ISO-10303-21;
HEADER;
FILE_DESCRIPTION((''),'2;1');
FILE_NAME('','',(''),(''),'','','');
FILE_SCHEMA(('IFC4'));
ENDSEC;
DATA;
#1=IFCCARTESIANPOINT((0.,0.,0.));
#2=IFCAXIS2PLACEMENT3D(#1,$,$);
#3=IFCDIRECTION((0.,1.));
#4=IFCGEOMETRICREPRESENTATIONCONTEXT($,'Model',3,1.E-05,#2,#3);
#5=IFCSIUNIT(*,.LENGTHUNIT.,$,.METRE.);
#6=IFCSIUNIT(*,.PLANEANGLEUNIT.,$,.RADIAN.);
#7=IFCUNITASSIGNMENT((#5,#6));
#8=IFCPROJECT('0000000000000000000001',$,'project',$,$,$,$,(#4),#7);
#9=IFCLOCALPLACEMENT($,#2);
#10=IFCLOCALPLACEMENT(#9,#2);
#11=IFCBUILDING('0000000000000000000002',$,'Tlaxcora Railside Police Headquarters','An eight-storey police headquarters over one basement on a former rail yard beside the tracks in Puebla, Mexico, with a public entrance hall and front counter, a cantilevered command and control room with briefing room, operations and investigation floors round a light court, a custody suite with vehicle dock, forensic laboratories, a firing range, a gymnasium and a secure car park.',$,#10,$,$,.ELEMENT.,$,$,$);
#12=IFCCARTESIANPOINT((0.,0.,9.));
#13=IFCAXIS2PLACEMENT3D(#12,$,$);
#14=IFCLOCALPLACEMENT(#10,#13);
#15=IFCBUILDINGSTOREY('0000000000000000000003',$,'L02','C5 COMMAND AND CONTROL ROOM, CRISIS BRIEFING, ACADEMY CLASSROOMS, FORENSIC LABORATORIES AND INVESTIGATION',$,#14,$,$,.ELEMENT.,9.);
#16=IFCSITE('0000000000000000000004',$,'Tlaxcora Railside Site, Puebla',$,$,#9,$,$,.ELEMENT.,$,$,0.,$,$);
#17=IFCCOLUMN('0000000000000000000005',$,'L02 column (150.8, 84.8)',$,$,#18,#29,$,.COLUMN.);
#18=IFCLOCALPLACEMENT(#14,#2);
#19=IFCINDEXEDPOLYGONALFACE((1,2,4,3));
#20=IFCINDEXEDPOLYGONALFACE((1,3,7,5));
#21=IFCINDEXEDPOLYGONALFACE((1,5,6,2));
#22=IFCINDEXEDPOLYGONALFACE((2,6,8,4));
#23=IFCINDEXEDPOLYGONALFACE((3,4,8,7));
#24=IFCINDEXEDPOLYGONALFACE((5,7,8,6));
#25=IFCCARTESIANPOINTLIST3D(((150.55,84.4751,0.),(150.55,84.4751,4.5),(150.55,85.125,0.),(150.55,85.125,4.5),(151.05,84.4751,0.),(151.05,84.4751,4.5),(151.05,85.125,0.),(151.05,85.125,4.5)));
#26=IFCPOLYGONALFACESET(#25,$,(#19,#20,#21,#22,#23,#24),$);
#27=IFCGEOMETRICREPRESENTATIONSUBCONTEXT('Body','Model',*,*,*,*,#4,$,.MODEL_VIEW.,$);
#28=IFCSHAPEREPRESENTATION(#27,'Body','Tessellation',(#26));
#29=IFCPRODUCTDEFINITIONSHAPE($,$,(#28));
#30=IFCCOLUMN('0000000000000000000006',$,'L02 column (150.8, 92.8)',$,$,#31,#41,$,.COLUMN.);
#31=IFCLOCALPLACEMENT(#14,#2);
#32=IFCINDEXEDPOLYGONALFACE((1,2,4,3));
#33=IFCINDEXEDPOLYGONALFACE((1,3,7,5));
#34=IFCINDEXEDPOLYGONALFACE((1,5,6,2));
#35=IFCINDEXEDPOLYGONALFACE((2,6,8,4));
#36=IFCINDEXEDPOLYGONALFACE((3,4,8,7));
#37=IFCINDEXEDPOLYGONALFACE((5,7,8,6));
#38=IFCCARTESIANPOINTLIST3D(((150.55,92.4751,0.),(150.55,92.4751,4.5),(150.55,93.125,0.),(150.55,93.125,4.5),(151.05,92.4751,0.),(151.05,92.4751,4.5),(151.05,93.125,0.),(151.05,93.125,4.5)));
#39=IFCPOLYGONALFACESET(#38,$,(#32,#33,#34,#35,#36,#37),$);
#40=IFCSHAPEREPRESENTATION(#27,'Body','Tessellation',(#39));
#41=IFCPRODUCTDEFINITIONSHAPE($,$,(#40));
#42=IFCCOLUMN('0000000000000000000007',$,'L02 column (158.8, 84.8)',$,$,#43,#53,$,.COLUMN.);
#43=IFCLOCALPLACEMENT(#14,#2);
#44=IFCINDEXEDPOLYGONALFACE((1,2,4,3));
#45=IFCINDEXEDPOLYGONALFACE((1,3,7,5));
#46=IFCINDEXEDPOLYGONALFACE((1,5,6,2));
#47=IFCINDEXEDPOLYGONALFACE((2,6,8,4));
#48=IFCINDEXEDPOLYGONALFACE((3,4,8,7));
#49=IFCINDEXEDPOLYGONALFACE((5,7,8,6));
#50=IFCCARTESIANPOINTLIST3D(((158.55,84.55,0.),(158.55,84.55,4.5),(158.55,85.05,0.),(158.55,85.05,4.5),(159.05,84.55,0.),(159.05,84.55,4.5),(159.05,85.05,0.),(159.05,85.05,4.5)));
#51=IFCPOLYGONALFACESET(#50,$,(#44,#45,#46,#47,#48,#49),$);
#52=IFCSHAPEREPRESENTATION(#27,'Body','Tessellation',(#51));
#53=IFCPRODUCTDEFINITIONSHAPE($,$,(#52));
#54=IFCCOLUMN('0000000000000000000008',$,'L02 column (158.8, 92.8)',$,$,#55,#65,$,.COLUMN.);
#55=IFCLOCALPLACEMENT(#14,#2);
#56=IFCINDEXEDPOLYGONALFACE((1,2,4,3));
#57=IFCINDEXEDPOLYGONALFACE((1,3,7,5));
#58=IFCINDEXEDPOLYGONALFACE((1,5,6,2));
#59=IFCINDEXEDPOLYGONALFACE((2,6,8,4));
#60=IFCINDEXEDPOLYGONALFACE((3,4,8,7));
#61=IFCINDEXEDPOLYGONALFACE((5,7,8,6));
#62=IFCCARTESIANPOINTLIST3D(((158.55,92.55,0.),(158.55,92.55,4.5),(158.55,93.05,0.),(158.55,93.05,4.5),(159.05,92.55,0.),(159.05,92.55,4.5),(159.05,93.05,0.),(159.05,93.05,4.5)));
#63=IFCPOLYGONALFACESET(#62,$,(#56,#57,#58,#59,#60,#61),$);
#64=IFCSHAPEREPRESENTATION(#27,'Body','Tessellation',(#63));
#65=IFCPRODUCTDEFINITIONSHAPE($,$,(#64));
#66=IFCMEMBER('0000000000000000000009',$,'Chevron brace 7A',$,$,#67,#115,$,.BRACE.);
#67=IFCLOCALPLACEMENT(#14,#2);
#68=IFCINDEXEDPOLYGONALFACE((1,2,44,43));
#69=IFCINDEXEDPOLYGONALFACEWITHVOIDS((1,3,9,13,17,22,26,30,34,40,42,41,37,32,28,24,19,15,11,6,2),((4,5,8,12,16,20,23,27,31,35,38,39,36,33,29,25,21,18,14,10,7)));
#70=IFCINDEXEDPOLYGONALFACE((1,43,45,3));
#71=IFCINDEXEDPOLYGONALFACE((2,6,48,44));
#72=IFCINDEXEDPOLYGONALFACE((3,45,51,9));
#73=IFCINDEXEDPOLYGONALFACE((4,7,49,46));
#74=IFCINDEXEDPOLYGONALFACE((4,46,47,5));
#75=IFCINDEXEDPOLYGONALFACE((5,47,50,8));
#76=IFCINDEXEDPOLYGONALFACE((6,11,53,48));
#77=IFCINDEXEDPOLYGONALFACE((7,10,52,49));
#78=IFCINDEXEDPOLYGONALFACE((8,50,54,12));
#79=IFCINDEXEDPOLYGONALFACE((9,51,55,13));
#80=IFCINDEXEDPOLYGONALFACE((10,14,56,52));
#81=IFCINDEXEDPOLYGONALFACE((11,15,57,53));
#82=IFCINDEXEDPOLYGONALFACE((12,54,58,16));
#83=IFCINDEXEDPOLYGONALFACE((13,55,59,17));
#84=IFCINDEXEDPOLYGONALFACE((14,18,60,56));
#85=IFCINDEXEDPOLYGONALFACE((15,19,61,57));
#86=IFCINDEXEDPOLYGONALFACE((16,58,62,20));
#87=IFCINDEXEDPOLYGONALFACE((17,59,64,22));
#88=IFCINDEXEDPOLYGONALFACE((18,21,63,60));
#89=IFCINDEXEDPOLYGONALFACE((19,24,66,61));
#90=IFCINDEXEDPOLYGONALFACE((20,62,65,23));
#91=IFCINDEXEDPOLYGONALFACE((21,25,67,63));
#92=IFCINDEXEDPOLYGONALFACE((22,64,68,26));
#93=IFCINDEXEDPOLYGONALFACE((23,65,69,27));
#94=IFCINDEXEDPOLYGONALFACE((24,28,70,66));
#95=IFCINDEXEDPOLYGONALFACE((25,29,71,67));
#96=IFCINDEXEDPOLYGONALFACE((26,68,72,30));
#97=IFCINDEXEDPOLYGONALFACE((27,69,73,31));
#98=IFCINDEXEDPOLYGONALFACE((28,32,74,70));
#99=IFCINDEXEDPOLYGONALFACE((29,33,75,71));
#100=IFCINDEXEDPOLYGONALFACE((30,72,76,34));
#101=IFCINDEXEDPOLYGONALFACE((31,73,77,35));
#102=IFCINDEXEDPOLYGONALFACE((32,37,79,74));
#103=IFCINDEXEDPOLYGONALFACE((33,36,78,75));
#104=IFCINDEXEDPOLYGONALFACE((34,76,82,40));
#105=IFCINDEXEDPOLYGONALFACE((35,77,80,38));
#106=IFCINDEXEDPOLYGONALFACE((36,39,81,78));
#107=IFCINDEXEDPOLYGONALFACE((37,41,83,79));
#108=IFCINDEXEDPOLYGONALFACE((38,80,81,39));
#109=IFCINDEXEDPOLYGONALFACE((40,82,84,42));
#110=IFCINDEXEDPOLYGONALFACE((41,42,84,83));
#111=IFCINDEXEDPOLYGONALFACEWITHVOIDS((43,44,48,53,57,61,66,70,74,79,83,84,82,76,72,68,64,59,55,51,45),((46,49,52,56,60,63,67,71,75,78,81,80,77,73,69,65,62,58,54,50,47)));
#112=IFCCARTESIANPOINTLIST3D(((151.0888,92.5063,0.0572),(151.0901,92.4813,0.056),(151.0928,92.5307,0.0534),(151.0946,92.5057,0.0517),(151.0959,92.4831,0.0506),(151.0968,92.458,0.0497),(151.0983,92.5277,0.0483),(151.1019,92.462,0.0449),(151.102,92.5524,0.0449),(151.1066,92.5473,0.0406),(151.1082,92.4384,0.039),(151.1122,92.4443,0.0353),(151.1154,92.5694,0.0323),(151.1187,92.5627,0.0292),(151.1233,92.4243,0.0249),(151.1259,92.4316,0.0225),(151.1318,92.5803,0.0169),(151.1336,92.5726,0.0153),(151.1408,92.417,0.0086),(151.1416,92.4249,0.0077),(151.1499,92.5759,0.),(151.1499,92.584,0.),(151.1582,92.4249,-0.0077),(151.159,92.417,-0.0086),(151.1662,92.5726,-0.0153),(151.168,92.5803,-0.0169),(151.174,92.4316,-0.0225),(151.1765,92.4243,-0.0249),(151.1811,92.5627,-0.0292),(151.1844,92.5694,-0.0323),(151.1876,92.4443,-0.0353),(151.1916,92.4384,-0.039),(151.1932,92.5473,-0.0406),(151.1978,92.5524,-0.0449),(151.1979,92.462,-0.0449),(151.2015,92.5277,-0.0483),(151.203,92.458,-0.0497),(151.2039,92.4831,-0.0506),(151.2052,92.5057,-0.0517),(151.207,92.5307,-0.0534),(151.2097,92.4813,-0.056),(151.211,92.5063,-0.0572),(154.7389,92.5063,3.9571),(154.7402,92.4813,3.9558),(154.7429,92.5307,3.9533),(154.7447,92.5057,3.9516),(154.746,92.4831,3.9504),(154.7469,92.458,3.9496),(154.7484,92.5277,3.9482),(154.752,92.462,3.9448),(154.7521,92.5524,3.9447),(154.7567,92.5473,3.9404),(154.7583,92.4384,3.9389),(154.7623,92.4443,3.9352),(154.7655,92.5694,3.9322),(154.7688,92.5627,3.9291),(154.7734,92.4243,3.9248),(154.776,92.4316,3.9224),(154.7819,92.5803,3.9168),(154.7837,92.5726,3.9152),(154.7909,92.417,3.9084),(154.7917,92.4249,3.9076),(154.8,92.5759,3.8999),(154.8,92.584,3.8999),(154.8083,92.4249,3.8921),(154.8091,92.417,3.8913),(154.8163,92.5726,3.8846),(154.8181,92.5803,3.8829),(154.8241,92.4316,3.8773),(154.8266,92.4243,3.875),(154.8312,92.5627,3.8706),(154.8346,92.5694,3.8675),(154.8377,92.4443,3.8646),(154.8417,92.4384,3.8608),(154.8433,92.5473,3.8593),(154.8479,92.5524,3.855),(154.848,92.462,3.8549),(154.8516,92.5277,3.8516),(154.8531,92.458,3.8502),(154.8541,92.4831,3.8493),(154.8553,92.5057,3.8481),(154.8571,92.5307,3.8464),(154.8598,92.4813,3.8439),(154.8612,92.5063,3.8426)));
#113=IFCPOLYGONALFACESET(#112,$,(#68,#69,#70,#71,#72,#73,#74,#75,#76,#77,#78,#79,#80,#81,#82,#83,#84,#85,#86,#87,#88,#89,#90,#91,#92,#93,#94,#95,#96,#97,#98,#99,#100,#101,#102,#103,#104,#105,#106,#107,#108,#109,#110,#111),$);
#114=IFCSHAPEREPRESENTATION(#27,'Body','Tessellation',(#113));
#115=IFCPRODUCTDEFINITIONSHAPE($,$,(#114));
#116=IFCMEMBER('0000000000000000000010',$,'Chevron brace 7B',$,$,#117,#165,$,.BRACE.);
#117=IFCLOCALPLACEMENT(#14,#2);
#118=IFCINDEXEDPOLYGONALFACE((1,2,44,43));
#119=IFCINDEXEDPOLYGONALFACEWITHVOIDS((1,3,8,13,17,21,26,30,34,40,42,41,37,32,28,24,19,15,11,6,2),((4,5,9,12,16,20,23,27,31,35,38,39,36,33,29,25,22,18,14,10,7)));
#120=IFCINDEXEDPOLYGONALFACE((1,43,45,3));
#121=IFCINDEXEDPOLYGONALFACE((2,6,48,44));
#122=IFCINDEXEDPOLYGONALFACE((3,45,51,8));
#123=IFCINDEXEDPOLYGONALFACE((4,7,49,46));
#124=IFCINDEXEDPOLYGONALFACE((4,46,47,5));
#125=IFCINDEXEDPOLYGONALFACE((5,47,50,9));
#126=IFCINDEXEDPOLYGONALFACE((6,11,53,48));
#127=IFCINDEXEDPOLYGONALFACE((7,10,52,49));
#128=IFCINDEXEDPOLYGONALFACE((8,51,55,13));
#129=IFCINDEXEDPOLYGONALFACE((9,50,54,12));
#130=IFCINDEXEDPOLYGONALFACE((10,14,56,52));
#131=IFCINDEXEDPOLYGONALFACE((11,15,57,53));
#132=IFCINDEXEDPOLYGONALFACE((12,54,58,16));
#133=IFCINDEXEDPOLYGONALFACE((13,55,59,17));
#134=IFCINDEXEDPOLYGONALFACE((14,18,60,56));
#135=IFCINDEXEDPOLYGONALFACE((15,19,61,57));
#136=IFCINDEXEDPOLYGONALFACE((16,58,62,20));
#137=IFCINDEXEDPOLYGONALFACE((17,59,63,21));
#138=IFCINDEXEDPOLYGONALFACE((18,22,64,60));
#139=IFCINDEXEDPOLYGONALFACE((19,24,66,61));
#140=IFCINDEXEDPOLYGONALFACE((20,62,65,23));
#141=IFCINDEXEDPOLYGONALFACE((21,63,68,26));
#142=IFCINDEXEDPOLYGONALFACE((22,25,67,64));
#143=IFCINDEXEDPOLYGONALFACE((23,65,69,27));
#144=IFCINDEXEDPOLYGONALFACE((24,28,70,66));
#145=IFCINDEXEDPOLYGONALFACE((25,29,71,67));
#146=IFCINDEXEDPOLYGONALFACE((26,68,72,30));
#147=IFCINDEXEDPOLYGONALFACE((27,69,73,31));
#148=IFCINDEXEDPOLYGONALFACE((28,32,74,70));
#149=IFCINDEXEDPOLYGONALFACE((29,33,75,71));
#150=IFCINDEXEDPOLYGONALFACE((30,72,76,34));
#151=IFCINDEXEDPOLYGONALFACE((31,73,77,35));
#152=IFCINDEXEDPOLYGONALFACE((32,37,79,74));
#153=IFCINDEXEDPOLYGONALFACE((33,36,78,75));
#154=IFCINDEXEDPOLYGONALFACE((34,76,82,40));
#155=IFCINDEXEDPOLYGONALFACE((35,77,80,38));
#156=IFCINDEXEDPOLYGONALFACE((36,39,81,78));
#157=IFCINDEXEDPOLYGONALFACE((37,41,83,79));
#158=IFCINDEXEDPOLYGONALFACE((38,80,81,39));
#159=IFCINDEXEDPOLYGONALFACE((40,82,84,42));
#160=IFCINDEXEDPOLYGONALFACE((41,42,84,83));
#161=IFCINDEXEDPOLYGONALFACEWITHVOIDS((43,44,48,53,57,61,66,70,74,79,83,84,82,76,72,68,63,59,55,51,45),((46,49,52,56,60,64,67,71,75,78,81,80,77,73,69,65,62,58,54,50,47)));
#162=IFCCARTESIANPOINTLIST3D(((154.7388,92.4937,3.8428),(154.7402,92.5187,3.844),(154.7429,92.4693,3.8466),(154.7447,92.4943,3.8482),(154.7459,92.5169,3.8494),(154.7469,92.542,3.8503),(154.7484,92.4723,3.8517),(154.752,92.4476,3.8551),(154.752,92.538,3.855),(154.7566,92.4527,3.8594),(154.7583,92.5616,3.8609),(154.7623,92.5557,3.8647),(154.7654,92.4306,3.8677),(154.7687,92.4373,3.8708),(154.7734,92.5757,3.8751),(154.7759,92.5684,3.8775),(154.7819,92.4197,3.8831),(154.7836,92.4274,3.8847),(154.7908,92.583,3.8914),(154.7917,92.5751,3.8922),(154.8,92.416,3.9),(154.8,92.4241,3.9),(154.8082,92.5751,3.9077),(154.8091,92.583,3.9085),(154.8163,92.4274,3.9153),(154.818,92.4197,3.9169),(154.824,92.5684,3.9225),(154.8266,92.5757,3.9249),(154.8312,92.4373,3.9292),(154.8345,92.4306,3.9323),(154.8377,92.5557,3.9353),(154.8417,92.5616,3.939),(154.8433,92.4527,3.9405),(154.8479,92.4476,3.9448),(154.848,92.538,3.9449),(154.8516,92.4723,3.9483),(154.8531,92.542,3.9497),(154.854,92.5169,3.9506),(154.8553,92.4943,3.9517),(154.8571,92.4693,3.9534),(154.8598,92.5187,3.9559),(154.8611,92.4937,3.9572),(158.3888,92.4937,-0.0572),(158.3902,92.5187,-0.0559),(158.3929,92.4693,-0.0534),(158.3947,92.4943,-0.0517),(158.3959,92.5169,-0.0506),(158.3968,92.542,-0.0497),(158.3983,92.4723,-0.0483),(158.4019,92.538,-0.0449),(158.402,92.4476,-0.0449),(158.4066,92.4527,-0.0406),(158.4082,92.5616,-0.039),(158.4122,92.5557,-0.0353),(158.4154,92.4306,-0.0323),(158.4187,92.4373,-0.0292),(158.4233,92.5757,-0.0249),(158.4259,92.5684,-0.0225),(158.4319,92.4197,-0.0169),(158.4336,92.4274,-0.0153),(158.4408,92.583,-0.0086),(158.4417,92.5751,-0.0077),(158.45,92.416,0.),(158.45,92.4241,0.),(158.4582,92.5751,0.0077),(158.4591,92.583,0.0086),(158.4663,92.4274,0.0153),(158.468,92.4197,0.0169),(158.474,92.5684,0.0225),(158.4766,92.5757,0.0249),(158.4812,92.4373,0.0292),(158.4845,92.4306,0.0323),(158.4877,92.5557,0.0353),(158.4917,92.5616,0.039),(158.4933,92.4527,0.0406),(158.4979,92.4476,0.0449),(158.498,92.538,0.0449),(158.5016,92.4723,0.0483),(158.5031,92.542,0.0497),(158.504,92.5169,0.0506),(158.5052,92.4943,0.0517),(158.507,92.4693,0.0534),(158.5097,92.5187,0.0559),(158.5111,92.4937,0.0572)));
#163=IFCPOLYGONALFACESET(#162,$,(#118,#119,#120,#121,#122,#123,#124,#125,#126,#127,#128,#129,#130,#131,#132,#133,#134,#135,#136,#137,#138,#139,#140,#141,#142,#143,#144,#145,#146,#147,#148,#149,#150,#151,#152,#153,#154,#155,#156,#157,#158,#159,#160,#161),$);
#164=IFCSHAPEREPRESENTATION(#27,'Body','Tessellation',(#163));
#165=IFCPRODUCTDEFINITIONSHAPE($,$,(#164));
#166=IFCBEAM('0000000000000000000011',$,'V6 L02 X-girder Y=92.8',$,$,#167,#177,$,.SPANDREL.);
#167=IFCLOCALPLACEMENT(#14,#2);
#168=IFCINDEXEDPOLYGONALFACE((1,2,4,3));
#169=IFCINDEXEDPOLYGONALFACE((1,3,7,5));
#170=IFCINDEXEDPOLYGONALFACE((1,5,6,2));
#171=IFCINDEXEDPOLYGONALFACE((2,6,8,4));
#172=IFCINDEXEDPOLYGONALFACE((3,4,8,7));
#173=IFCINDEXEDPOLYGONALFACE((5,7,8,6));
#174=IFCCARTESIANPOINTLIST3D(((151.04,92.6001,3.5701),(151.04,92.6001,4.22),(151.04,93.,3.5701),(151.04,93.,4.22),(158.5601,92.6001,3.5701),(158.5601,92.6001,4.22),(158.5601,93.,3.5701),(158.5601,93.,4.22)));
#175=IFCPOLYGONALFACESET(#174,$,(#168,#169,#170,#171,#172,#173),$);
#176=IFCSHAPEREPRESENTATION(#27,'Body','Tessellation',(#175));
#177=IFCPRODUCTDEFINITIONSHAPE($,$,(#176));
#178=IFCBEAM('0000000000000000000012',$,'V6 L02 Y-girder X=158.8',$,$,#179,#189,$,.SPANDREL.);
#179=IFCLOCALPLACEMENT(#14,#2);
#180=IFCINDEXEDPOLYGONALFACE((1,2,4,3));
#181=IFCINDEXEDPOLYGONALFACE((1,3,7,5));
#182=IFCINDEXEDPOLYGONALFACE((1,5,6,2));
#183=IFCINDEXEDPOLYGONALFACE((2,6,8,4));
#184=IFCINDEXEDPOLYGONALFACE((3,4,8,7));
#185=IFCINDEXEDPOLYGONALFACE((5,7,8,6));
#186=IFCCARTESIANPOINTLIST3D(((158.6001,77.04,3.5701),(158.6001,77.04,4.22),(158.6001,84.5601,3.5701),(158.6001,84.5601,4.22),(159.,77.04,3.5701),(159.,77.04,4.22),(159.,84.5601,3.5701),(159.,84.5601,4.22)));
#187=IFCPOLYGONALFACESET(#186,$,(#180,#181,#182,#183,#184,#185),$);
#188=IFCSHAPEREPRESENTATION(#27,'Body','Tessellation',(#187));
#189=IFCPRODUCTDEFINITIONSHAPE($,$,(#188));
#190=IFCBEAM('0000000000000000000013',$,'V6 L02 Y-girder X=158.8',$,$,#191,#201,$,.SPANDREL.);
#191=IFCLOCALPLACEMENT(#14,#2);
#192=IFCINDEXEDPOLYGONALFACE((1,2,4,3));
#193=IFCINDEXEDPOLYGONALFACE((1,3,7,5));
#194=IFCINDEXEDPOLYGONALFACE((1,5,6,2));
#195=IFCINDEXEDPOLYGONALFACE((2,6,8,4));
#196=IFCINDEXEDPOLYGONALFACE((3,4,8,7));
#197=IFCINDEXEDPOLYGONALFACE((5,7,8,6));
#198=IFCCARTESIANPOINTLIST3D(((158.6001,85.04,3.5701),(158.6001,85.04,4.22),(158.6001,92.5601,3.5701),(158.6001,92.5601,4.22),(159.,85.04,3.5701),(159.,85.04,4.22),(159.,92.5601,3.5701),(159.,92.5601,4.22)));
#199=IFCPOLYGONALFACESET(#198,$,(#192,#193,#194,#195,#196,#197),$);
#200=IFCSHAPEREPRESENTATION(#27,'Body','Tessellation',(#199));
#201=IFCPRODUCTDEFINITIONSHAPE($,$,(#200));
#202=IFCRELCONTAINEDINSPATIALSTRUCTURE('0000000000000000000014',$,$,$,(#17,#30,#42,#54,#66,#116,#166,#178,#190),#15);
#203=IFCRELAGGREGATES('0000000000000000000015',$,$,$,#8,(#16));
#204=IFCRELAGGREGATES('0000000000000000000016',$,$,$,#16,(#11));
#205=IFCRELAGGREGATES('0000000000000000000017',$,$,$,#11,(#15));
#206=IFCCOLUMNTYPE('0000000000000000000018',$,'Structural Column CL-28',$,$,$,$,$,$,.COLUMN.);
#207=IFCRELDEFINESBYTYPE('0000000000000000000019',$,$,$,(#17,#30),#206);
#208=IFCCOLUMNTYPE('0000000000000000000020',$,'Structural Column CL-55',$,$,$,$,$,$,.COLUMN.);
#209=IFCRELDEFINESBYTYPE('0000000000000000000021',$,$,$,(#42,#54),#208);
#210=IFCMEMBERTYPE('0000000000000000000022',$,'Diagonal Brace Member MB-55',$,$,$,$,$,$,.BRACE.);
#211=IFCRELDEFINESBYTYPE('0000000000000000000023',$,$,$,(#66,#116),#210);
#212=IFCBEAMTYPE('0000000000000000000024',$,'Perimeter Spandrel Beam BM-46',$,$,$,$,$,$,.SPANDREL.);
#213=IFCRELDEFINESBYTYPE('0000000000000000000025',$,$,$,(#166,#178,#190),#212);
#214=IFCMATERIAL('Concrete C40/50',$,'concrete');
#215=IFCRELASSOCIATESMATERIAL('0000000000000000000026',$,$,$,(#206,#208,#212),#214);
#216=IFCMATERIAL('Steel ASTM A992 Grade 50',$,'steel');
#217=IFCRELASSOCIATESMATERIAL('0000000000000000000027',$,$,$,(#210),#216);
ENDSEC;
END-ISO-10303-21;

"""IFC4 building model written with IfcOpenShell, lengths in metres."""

from ifc_helpers import new_model, si_unit, direction, frame, origin, origin_2d, place, context, subcontext, project, spatial, rectangle, hollow_circle, extrude, material, material_profile, profile_set, type_object, element, save


model = new_model("IFC4")

# Units and contexts
model_context = context("Model", 3, precision=1e-05, world=origin(), true_north=direction((0.0, 1.0)))
body_context = subcontext(model_context, "Body", "Model", "MODEL_VIEW")
ifc_project = project(units=[si_unit("LENGTHUNIT", "METRE"), si_unit("PLANEANGLEUNIT", "RADIAN")], contexts=[model_context])

# Site, building, storey
site_placement = place(None, origin())
site = spatial("IfcSite", under=ifc_project, at=site_placement, Name="Tlaxcora Railside Site, Puebla", CompositionType="ELEMENT", RefElevation=0.0)
building_placement = place(site_placement, origin())
building = spatial("IfcBuilding", under=site, at=building_placement, Name="Tlaxcora Railside Police Headquarters", Description="An eight-storey police headquarters over one basement on a former rail yard beside the tracks in Puebla, Mexico, with a public entrance hall and front counter, a cantilevered command and control room with briefing room, operations and investigation floors round a light court, a custody suite with vehicle dock, forensic laboratories, a firing range, a gymnasium and a secure car park.", CompositionType="ELEMENT")
storey_placement = place(building_placement, frame((0.0, 0.0, 9.0)))
storey = spatial("IfcBuildingStorey", under=building, at=storey_placement, Name="L02", Description="C5 COMMAND AND CONTROL ROOM, CRISIS BRIEFING, ACADEMY CLASSROOMS, FORENSIC LABORATORIES AND INVESTIGATION", CompositionType="ELEMENT", Elevation=9.0)

# Columns
ifc_material_1 = material(Name="Concrete C40/50", Category="concrete")
ifc_material_profile_1 = material_profile(ifc_material_1, rectangle(XDim=0.5, YDim=0.6499, at=origin_2d()), Name="RC500X650")
ifc_profile_set_1 = profile_set([ifc_material_profile_1], Name="Concrete C40/50")
column_type_1 = type_object("IfcColumnType", Name="Structural Column CL-28", PredefinedType="COLUMN", material=ifc_profile_set_1)
for number, where, z_axis, x_axis, name in (
    (1, (150.8, 84.8, 0.0), (0.0, 0.0, 1.0), (1.0, 0.0, 0.0), "L02 column (150.8, 84.8)"),
    (2, (150.8, 92.8, 0.0), (0.0, 0.0, 1.0), (1.0, 0.0, 0.0), "L02 column (150.8, 92.8)"),
):
    element("IfcColumn", number, at=place(storey_placement, frame(where, z_axis=z_axis, x_axis=x_axis)), inside=storey, type_object=column_type_1, Name=name, PredefinedType="COLUMN", context=body_context, shape_type="SweptSolid", body=[
        extrude(rectangle(XDim=0.5, YDim=0.6499, at=origin_2d()), origin(), (0.0, 0.0, 1.0), 4.5),
    ])
ifc_material_profile_2 = material_profile(ifc_material_1, rectangle(XDim=0.5, YDim=0.5, at=origin_2d()), Name="RC500X500")
ifc_profile_set_2 = profile_set([ifc_material_profile_2], Name="Concrete C40/50")
column_type_2 = type_object("IfcColumnType", Name="Structural Column CL-55", PredefinedType="COLUMN", material=ifc_profile_set_2)
for number, where, z_axis, x_axis, name in (
    (3, (158.8, 84.8, 0.0), (0.0, 0.0, 1.0), (1.0, 0.0, 0.0), "L02 column (158.8, 84.8)"),
    (4, (158.8, 92.8, 0.0), (0.0, 0.0, 1.0), (1.0, 0.0, 0.0), "L02 column (158.8, 92.8)"),
):
    element("IfcColumn", number, at=place(storey_placement, frame(where, z_axis=z_axis, x_axis=x_axis)), inside=storey, type_object=column_type_2, Name=name, PredefinedType="COLUMN", context=body_context, shape_type="SweptSolid", body=[
        extrude(rectangle(XDim=0.5, YDim=0.5, at=origin_2d()), origin(), (0.0, 0.0, 1.0), 4.5),
    ])

# Members
ifc_material_2 = material(Name="Steel ASTM A992 Grade 50", Category="steel")
ifc_material_profile_3 = material_profile(ifc_material_2, hollow_circle(Radius=0.084, WallThickness=0.0081, at=origin_2d()), Name="CHS168X8")
ifc_profile_set_3 = profile_set([ifc_material_profile_3], Name="Steel ASTM A992 Grade 50")
member_type = type_object("IfcMemberType", Name="Diagonal Brace Member MB-55", PredefinedType="BRACE", material=ifc_profile_set_3)
for number, where, z_axis, x_axis, name in (
    (5, (151.1499, 92.5, 0.0), (0.683342, 0.0, 0.730099), (0.0, 1.0, 0.0), "Chevron brace 7A"),
    (6, (158.45, 92.5, 0.0), (-0.683318, 0.0, 0.730121), (0.0, -1.0, 0.0), "Chevron brace 7B"),
):
    element("IfcMember", number, at=place(storey_placement, frame(where, z_axis=z_axis, x_axis=x_axis)), inside=storey, type_object=member_type, Name=name, PredefinedType="BRACE", context=body_context, shape_type="SweptSolid", body=[
        extrude(hollow_circle(Radius=0.084, WallThickness=0.0081, at=origin_2d()), origin(), (0.0, 0.0, 1.0), 5.3416),
    ])

# Beams
ifc_material_profile_4 = material_profile(ifc_material_1, rectangle(XDim=0.3999, YDim=0.6499, at=origin_2d()), Name="RC400X650")
ifc_profile_set_4 = profile_set([ifc_material_profile_4], Name="Concrete C40/50")
beam_type_1 = type_object("IfcBeamType", Name="Perimeter Spandrel Beam BM-46", PredefinedType="SPANDREL", material=ifc_profile_set_4)
for number, where, z_axis, x_axis, name in (
    (7, (151.04, 92.8, 3.895), (1.0, 0.0, 0.0), (0.0, 1.0, 0.0), "V6 L02 X-girder Y=92.8"),
    (8, (158.8, 77.04, 3.895), (0.0, 1.0, 0.0), (-1.0, 0.0, 0.0), "V6 L02 Y-girder X=158.8"),
    (9, (158.8, 85.04, 3.895), (0.0, 1.0, 0.0), (-1.0, 0.0, 0.0), "V6 L02 Y-girder X=158.8"),
):
    element("IfcBeam", number, at=place(storey_placement, frame(where, z_axis=z_axis, x_axis=x_axis)), inside=storey, type_object=beam_type_1, Name=name, PredefinedType="SPANDREL", context=body_context, shape_type="SweptSolid", body=[
        extrude(rectangle(XDim=0.3999, YDim=0.6499, at=origin_2d()), origin(), (0.0, 0.0, 1.0), 7.52),
    ])

save(model, "model.ifc")
